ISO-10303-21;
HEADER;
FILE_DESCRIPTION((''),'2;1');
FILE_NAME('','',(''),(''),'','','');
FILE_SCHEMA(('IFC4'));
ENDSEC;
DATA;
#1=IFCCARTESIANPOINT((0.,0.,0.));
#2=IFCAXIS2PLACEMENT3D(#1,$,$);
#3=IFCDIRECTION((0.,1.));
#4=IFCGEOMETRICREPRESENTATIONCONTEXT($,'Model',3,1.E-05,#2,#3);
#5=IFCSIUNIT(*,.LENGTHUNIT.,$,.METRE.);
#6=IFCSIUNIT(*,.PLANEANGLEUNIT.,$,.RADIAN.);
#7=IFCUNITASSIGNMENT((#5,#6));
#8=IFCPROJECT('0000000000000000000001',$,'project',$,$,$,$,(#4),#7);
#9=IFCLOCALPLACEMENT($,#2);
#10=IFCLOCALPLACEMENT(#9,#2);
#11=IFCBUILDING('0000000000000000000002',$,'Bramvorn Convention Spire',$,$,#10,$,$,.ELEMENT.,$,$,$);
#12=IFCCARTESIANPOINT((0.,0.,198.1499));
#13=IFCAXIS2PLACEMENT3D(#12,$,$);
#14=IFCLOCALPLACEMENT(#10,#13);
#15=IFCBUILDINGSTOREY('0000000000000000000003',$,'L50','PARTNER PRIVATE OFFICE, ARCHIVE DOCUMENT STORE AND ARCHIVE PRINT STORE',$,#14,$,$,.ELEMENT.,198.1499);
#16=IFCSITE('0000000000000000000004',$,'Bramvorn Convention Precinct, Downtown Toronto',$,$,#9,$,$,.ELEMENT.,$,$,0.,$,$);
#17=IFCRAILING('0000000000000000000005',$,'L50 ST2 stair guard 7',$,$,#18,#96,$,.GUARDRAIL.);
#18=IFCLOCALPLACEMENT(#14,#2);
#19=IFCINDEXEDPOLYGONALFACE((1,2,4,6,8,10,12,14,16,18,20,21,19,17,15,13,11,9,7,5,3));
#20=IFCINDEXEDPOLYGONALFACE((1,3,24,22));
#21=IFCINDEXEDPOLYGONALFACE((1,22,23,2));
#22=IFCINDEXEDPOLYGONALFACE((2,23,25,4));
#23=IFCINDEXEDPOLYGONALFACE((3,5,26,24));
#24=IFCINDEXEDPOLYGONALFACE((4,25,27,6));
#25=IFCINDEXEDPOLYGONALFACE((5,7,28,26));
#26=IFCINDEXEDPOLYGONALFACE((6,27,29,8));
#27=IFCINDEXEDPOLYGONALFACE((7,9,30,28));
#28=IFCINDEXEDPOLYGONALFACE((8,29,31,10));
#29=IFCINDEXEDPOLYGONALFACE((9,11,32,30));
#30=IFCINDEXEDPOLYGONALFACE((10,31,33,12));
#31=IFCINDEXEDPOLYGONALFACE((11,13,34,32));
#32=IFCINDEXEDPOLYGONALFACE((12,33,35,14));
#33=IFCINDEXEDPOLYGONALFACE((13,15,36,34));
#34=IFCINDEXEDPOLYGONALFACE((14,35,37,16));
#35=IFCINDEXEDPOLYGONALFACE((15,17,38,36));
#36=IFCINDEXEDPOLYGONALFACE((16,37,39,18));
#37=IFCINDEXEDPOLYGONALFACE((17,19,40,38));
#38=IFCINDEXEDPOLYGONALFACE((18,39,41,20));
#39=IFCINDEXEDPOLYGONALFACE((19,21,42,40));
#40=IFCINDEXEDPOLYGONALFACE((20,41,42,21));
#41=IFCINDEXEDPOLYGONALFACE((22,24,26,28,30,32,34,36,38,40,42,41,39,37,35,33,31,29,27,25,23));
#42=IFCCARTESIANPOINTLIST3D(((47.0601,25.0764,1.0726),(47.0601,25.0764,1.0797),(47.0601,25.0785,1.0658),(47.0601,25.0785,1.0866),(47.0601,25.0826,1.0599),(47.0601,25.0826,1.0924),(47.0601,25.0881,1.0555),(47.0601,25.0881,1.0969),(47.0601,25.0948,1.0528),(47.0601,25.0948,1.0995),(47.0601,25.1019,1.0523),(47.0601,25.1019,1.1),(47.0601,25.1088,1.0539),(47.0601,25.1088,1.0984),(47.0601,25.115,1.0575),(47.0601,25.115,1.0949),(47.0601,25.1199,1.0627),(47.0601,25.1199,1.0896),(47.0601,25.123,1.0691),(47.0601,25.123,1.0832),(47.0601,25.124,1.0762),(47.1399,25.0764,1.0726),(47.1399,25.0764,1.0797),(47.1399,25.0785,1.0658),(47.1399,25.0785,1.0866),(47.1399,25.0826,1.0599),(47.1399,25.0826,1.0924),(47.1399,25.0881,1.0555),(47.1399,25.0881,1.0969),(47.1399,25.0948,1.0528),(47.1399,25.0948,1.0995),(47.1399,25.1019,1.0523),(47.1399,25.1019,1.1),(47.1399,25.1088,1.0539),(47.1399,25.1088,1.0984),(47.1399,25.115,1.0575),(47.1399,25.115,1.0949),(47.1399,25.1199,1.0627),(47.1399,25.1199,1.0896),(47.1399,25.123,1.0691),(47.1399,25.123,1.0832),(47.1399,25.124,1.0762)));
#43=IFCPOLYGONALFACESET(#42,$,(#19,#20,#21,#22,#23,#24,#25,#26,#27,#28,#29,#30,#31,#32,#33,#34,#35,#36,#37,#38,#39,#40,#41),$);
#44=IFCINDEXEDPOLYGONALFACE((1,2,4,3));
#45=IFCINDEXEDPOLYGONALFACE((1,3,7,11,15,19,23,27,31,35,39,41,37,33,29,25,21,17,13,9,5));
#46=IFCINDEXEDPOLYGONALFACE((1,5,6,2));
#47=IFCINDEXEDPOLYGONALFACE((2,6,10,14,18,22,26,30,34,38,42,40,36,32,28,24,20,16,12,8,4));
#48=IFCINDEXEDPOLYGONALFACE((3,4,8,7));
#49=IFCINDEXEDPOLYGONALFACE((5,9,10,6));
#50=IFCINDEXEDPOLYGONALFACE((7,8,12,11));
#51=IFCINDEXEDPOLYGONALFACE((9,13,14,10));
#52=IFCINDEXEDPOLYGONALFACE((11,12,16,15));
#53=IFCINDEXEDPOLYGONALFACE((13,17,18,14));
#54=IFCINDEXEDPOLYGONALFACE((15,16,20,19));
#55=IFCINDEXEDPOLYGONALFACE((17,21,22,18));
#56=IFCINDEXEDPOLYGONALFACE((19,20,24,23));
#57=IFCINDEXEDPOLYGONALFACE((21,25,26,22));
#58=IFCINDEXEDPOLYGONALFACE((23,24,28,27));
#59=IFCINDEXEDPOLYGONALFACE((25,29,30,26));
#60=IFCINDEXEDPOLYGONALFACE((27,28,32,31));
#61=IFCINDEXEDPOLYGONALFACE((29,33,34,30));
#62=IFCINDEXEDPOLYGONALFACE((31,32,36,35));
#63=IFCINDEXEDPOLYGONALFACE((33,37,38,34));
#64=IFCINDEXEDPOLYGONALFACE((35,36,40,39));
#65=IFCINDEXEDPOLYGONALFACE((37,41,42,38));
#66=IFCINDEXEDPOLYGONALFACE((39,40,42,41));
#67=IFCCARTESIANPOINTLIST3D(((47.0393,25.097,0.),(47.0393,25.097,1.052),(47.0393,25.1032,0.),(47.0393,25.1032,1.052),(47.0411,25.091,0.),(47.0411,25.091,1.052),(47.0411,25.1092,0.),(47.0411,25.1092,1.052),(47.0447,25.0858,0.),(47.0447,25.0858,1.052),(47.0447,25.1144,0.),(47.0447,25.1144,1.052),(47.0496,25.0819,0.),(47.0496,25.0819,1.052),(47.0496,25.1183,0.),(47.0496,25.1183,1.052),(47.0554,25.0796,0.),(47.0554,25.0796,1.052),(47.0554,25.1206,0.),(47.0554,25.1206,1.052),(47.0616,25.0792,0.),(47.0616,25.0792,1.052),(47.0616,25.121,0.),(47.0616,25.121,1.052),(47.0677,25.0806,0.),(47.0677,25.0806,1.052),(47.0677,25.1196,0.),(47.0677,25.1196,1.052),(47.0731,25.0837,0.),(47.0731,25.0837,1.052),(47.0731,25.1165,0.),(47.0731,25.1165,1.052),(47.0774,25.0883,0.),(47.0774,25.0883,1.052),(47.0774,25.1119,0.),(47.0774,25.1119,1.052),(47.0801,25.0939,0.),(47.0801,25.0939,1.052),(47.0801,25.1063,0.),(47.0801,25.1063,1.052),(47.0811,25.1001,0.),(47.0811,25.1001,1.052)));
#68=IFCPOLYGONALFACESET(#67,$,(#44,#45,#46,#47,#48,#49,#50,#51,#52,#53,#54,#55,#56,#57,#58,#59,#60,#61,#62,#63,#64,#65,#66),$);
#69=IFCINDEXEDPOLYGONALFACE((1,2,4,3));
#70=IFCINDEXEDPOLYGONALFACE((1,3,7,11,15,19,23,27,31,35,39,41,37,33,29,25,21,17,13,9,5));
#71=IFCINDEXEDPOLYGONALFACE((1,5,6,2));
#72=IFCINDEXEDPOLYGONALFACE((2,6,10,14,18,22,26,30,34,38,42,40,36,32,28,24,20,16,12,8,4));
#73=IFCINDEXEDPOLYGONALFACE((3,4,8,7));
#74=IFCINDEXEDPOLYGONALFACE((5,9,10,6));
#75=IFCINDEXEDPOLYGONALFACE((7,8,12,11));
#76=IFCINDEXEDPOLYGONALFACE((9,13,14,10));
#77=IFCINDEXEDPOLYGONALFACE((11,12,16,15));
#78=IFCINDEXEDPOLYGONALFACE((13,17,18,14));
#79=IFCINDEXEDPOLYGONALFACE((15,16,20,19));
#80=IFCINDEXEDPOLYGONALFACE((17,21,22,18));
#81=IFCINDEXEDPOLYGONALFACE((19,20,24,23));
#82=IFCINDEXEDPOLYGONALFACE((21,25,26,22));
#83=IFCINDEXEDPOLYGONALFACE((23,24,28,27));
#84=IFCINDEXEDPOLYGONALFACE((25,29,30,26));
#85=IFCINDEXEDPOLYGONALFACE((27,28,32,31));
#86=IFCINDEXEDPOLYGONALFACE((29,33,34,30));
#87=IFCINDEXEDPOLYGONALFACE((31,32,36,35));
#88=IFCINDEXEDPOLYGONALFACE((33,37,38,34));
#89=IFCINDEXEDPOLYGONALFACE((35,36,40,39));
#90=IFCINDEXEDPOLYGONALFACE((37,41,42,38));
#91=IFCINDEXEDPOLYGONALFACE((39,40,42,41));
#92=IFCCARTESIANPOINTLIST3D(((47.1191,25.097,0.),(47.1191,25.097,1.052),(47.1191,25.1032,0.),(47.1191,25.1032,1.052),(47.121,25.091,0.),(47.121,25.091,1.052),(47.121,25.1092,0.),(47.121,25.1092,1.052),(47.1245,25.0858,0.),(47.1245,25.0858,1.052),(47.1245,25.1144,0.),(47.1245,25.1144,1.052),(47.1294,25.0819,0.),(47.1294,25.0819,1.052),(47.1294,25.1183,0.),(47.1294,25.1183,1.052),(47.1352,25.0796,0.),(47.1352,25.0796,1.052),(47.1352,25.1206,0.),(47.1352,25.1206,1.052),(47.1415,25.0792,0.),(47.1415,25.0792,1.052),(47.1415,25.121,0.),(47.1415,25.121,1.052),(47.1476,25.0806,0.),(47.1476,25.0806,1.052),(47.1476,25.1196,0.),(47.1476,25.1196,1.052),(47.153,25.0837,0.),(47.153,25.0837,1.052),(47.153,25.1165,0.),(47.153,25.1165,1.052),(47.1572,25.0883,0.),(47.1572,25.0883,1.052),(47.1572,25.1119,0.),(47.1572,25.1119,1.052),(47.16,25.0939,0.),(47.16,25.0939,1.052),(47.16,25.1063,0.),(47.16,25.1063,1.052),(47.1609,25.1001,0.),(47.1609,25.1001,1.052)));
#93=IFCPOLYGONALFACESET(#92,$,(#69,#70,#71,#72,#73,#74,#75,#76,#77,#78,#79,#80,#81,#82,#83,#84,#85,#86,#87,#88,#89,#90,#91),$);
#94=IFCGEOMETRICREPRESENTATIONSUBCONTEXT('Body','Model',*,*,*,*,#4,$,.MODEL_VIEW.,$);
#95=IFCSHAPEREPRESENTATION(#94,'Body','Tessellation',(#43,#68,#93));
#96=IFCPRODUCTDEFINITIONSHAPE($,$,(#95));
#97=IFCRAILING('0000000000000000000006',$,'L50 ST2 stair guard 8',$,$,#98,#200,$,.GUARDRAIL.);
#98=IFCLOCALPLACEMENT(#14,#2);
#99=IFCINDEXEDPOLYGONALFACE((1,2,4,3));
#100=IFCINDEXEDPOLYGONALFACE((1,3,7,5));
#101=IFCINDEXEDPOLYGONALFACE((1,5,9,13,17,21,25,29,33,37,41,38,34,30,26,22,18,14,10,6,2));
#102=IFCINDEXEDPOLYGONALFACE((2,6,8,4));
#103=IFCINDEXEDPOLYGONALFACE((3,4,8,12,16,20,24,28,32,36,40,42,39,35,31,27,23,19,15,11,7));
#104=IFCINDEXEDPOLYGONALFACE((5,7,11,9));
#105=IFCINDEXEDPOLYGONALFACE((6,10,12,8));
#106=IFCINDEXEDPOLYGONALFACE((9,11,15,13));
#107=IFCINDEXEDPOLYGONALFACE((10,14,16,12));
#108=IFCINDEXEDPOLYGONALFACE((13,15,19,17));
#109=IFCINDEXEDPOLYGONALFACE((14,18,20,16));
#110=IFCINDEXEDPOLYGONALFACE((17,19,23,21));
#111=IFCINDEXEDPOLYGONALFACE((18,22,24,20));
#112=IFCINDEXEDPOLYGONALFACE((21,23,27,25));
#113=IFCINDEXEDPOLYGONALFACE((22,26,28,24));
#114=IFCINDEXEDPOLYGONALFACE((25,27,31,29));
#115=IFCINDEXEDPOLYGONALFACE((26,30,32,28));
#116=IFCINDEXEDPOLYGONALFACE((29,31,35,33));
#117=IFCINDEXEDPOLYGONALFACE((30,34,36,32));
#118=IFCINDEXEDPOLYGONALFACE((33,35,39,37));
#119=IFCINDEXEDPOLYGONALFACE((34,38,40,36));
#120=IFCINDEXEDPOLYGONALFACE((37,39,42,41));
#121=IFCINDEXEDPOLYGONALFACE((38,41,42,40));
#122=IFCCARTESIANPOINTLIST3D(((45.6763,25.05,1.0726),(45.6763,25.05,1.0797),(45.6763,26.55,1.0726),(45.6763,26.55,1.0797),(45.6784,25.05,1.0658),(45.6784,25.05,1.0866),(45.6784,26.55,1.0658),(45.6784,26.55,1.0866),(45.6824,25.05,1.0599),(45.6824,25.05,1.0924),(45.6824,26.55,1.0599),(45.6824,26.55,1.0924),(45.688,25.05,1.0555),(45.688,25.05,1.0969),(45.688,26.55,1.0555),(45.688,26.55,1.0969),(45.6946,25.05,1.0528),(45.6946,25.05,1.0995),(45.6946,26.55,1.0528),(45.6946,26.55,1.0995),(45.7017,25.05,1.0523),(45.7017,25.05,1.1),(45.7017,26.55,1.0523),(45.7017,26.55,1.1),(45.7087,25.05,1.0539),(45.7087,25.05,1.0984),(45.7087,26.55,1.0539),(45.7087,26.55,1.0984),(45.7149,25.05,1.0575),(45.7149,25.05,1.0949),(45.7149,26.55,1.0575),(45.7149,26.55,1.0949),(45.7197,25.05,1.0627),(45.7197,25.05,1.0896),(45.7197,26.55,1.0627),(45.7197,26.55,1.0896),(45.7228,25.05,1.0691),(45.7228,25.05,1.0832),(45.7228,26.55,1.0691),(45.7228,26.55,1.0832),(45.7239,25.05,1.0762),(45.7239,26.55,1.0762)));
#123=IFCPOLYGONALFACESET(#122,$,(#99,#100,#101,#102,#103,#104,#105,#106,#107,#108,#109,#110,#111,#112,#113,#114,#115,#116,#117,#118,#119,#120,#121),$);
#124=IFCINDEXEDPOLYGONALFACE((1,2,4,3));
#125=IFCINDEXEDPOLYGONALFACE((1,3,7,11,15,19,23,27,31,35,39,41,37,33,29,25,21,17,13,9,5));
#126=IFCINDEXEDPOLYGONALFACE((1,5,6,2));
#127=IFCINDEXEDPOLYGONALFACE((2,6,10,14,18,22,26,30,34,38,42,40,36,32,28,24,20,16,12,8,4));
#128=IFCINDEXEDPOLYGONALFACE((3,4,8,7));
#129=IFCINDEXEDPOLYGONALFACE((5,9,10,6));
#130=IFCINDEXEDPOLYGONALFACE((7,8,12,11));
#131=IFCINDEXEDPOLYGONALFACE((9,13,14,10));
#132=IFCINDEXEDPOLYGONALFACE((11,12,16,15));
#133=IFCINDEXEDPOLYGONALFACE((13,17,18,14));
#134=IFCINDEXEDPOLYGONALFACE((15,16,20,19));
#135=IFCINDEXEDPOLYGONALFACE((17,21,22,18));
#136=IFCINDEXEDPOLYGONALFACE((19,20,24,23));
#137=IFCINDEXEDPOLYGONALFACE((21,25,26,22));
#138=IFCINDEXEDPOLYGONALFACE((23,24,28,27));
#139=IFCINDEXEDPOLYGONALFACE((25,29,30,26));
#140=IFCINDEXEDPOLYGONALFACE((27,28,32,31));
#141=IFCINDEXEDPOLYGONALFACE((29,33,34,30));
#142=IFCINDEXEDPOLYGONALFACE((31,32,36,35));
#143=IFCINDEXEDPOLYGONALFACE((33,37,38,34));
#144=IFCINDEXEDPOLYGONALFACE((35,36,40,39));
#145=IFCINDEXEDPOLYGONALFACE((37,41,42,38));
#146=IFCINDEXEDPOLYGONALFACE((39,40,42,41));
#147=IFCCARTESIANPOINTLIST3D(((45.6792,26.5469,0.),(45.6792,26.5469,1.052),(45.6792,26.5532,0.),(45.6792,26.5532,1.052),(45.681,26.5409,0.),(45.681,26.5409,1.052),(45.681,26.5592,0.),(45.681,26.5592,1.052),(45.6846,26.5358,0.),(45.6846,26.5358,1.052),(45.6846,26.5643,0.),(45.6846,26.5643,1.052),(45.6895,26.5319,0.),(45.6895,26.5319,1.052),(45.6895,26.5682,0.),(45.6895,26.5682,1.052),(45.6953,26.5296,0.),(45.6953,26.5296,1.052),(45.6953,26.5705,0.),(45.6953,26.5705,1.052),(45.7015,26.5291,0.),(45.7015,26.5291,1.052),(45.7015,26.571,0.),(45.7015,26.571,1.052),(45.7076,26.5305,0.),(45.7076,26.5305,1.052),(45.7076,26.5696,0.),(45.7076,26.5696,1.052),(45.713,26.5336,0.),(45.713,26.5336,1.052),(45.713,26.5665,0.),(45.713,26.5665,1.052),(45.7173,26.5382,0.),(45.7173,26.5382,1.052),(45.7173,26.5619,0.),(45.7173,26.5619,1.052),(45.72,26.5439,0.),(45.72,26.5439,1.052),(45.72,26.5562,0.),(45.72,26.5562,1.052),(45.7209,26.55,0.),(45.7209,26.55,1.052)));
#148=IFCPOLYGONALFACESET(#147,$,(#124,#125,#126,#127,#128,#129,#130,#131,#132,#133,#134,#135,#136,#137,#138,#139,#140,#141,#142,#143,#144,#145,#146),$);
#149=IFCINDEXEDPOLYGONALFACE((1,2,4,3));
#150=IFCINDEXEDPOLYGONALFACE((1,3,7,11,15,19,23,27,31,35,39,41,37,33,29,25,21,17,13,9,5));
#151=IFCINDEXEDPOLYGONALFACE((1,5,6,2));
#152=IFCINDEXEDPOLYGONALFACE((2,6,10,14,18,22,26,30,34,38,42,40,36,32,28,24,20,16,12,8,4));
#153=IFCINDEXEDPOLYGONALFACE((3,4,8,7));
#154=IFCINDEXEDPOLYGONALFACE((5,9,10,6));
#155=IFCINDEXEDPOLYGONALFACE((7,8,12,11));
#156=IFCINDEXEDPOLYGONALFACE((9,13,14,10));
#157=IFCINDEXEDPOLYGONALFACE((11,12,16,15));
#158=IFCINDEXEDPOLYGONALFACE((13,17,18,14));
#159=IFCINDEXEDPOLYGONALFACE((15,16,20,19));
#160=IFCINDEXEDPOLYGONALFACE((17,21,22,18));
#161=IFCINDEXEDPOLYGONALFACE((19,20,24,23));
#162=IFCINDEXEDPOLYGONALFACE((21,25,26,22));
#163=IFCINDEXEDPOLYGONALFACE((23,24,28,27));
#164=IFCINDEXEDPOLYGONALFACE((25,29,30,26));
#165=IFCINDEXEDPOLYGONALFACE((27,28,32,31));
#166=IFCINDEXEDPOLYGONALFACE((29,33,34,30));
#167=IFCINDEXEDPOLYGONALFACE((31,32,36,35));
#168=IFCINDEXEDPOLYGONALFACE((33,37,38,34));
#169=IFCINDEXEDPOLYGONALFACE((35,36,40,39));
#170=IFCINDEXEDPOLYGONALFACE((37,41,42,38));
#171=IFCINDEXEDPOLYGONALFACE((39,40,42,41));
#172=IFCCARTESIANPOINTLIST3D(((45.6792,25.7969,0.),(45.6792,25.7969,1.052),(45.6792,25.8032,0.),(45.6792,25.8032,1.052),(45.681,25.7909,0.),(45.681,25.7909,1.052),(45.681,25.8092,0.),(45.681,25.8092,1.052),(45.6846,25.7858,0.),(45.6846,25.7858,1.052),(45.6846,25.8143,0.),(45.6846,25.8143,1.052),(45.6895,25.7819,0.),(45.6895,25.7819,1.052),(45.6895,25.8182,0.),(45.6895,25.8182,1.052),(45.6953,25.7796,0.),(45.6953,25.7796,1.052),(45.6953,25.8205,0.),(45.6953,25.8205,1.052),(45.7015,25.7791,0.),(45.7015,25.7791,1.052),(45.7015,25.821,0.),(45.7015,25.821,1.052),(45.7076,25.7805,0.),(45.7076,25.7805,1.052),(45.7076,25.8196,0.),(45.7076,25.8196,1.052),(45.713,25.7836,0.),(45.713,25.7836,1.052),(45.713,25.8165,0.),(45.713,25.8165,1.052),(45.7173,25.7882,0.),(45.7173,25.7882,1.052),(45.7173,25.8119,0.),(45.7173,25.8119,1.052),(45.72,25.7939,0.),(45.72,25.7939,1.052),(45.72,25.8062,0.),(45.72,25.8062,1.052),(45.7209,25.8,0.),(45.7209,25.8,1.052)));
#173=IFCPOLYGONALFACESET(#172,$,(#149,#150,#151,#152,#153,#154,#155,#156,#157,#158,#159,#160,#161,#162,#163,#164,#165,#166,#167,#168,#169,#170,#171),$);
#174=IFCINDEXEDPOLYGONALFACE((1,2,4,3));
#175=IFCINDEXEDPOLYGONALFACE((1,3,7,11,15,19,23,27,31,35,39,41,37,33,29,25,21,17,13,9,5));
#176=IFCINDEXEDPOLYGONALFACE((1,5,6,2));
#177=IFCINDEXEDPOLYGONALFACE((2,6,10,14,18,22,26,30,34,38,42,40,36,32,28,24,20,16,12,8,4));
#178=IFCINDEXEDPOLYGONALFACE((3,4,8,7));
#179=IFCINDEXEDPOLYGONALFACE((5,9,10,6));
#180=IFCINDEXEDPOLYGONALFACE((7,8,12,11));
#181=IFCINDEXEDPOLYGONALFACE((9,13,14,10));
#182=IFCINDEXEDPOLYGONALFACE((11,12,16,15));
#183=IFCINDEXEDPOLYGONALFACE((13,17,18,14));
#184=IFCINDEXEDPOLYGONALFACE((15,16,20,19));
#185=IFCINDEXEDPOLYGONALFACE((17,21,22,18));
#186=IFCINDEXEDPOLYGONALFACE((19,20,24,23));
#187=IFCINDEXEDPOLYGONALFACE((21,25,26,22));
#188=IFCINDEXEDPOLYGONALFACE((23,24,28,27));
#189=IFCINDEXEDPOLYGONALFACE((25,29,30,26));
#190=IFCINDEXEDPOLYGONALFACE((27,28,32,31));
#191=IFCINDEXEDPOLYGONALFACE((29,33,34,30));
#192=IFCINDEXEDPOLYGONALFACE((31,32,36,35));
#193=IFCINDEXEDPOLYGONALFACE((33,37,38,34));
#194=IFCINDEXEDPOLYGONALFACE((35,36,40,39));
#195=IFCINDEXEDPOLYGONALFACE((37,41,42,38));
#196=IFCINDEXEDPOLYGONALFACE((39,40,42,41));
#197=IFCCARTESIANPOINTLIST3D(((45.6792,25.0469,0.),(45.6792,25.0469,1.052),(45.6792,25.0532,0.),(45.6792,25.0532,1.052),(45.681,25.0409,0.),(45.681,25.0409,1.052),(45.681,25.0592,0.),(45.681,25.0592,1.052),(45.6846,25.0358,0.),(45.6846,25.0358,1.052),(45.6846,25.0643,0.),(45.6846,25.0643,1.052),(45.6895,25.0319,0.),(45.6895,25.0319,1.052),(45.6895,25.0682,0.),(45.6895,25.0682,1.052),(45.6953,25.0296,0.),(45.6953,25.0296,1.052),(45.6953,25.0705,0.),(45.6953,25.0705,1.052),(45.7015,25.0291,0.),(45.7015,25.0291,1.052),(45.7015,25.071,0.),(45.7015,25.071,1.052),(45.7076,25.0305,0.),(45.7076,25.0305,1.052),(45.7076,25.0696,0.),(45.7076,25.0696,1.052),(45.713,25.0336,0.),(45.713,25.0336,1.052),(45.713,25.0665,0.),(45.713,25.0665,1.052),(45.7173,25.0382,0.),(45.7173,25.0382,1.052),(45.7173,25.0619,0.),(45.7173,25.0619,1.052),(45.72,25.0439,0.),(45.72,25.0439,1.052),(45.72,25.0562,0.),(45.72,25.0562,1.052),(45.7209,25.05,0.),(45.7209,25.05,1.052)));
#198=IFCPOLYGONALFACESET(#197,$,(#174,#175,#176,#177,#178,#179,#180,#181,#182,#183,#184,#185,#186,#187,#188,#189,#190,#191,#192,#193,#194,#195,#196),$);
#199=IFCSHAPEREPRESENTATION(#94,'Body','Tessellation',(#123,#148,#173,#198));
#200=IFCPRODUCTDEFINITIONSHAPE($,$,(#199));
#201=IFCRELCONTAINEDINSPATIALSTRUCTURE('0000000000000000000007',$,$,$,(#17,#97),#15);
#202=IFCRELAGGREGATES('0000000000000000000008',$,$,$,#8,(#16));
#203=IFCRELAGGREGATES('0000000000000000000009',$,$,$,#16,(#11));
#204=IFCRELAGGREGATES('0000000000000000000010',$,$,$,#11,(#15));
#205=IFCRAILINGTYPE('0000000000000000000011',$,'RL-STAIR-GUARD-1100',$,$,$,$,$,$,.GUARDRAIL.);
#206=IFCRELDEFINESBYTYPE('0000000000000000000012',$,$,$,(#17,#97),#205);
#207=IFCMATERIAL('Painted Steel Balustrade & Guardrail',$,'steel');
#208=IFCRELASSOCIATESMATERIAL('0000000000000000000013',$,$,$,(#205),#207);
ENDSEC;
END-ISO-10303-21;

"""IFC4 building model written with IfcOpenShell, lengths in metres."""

from ifc_helpers import new_model, si_unit, direction, frame, origin, origin_2d, place, context, subcontext, project, spatial, circle, extrude, material, type_object, element, save


model = new_model("IFC4")

# Units and contexts
model_context = context("Model", 3, precision=1e-05, world=origin(), true_north=direction((0.0, 1.0)))
body_context = subcontext(model_context, "Body", "Model", "MODEL_VIEW")
ifc_project = project(units=[si_unit("LENGTHUNIT", "METRE"), si_unit("PLANEANGLEUNIT", "RADIAN")], contexts=[model_context])

# Site, building, storey
site_placement = place(None, origin())
site = spatial("IfcSite", under=ifc_project, at=site_placement, Name="Bramvorn Convention Precinct, Downtown Toronto", CompositionType="ELEMENT", RefElevation=0.0)
building_placement = place(site_placement, origin())
building = spatial("IfcBuilding", under=site, at=building_placement, Name="Bramvorn Convention Spire", CompositionType="ELEMENT")
storey_placement = place(building_placement, frame((0.0, 0.0, 198.1499)))
storey = spatial("IfcBuildingStorey", under=building, at=storey_placement, Name="L50", Description="PARTNER PRIVATE OFFICE, ARCHIVE DOCUMENT STORE AND ARCHIVE PRINT STORE", CompositionType="ELEMENT", Elevation=198.1499)

# Railings
ifc_material_1 = material(Name="Painted Steel Balustrade & Guardrail", Category="steel")
railing_type_1 = type_object("IfcRailingType", Name="RL-STAIR-GUARD-1100", PredefinedType="GUARDRAIL", material=ifc_material_1)
railing_1_placement = place(storey_placement, frame((47.0601, 25.1001, 0.0)))
element("IfcRailing", 1, at=railing_1_placement, inside=storey, type_object=railing_type_1, Name="L50 ST2 stair guard 7", PredefinedType="GUARDRAIL", context=body_context, shape_type="SweptSolid", body=[
    extrude(circle(Radius=0.0239, at=origin_2d()), frame((0.0, 0.0, 1.0762), z_axis=(1.0, 0.0, 0.0), x_axis=(0.0, 1.0, 0.0)), (0.0, 0.0, 1.0), 0.0798),
    extrude(circle(Radius=0.021, at=origin_2d()), origin(), (0.0, 0.0, 1.0), 1.052),
    extrude(circle(Radius=0.021, at=origin_2d()), frame((0.0798, 0.0, 0.0)), (0.0, 0.0, 1.0), 1.052),
])
for number, where, name in (
    (2, (45.7, 26.55, 0.0), "L50 ST2 stair guard 8"),
):
    element("IfcRailing", number, at=place(storey_placement, frame(where)), inside=storey, type_object=railing_type_1, Name=name, PredefinedType="GUARDRAIL", context=body_context, shape_type="SweptSolid", body=[
        extrude(circle(Radius=0.0239, at=origin_2d()), frame((0.0, 0.0, 1.0762), z_axis=(0.0, -1.0, 0.0), x_axis=(1.0, 0.0, 0.0)), (0.0, 0.0, 1.0), 1.5),
        extrude(circle(Radius=0.021, at=origin_2d()), origin(), (0.0, 0.0, 1.0), 1.052),
        extrude(circle(Radius=0.021, at=origin_2d()), frame((0.0, -0.75, 0.0)), (0.0, 0.0, 1.0), 1.052),
        extrude(circle(Radius=0.021, at=origin_2d()), frame((0.0, -1.5, 0.0)), (0.0, 0.0, 1.0), 1.052),
    ])

save(model, "model.ifc")
